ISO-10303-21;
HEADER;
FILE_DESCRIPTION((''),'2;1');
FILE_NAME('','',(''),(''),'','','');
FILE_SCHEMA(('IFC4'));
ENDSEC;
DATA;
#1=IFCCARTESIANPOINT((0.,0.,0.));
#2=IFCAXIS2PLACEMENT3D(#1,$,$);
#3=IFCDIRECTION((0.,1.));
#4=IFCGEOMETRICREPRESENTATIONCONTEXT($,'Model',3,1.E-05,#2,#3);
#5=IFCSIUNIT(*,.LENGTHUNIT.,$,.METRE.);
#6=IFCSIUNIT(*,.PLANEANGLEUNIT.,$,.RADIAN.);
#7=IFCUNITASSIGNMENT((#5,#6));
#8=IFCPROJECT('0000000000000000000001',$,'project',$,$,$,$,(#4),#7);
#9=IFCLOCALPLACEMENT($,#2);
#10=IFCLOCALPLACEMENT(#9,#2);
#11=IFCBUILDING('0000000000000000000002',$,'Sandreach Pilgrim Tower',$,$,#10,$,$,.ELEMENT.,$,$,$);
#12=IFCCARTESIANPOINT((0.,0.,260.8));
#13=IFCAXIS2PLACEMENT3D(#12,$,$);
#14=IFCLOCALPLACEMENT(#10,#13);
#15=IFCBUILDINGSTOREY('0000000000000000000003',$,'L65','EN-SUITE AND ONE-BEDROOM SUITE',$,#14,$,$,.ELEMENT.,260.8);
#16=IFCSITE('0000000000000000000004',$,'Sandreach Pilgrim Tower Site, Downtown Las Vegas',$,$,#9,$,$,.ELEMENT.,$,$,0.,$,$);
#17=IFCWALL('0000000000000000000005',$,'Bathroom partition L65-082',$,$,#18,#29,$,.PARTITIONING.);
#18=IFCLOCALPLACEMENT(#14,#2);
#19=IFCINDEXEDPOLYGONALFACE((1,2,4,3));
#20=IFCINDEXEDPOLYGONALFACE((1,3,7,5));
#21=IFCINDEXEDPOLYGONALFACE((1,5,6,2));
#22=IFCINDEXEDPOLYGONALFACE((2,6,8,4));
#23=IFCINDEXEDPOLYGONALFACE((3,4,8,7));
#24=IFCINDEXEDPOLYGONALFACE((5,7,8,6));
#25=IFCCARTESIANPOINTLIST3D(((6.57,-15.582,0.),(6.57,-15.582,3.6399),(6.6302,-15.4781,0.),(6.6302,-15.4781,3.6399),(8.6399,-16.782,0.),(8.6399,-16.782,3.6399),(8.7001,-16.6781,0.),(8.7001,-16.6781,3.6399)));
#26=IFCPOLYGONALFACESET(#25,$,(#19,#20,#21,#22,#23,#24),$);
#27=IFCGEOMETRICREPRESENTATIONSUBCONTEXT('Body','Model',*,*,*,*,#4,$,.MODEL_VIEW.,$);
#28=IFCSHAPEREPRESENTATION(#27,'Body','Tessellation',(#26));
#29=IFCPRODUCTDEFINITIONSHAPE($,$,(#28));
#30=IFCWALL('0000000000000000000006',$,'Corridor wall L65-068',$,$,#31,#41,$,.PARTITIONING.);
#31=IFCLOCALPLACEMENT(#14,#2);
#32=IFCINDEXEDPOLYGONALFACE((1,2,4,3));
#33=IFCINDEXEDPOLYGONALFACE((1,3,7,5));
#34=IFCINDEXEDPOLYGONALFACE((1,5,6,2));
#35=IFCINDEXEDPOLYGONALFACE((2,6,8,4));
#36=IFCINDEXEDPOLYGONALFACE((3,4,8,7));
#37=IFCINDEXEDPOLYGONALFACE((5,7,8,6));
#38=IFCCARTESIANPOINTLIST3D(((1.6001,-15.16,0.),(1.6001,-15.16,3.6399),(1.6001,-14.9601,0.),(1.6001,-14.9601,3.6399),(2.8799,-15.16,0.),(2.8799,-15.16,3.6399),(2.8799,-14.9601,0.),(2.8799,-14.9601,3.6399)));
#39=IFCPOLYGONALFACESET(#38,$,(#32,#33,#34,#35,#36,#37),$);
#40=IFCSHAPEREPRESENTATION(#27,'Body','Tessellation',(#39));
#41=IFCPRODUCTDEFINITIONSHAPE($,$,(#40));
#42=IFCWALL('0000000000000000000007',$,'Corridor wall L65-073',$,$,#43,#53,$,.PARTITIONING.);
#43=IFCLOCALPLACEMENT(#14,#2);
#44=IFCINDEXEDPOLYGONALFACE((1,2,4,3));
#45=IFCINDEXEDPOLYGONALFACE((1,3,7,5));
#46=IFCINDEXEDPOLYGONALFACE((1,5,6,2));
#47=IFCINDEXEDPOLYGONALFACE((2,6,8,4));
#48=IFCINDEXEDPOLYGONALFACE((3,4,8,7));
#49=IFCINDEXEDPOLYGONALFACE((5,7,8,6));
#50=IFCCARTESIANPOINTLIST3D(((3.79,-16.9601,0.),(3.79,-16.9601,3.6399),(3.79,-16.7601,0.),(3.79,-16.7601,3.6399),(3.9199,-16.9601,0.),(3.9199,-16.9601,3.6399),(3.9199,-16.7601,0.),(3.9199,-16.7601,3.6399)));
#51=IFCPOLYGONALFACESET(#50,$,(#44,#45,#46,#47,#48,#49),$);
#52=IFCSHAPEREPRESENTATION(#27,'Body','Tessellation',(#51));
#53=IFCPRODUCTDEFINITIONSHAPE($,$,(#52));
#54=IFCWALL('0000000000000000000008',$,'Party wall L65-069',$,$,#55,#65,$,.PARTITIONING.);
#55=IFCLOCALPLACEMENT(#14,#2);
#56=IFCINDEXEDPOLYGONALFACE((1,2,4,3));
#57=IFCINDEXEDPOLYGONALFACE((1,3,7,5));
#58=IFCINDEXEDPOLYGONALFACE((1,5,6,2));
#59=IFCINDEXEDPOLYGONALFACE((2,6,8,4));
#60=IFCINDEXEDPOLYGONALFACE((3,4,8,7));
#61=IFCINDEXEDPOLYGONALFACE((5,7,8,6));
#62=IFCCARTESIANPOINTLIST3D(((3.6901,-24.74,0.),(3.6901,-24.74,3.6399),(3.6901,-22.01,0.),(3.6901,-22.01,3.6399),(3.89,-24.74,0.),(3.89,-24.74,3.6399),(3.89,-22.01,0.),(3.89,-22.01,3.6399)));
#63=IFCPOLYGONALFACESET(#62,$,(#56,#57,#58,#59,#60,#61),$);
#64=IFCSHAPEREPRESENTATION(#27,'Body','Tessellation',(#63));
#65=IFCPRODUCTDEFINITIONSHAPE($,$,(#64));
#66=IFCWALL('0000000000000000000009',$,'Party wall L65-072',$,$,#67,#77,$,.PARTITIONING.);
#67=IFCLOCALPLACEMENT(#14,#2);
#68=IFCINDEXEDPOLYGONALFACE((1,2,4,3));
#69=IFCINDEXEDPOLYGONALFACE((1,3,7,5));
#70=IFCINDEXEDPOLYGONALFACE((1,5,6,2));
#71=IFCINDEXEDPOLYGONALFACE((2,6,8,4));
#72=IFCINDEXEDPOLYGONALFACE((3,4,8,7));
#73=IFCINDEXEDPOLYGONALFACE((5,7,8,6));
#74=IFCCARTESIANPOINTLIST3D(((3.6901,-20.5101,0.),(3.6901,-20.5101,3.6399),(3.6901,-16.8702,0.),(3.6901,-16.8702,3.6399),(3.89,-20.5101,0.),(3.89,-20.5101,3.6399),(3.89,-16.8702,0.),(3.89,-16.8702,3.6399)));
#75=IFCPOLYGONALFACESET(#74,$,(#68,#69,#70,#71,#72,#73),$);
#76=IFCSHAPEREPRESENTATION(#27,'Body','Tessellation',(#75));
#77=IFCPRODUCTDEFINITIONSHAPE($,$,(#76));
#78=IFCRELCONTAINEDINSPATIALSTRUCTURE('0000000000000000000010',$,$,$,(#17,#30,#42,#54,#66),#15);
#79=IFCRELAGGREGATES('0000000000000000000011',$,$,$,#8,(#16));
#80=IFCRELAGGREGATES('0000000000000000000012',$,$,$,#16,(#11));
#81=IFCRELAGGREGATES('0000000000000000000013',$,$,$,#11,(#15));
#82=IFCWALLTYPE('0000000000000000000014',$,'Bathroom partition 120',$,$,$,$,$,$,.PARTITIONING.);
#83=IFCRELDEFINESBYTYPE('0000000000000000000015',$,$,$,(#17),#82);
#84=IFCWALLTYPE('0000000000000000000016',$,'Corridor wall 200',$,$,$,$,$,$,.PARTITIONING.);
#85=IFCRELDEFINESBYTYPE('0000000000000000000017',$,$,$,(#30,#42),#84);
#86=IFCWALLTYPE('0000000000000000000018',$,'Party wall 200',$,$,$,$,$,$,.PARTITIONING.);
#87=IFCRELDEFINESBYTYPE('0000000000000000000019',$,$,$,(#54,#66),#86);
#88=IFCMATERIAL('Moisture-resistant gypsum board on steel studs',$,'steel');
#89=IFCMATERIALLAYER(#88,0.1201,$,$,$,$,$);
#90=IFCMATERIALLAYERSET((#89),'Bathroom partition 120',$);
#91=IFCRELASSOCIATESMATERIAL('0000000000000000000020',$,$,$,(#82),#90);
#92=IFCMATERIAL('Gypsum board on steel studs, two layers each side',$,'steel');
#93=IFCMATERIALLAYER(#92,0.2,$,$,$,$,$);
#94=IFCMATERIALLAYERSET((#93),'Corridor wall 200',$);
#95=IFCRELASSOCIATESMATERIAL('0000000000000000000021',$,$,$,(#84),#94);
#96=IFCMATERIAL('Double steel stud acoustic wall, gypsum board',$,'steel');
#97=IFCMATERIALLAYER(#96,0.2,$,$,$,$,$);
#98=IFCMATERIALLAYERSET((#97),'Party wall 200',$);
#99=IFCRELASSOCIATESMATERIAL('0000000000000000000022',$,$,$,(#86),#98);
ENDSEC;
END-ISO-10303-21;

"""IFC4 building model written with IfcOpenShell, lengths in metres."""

from ifc_helpers import new_model, si_unit, direction, frame, frame_2d, origin, place, context, subcontext, project, spatial, rectangle, extrude, material, layer, layer_set, type_object, element, save


model = new_model("IFC4")

# Units and contexts
model_context = context("Model", 3, precision=1e-05, world=origin(), true_north=direction((0.0, 1.0)))
body_context = subcontext(model_context, "Body", "Model", "MODEL_VIEW")
ifc_project = project(units=[si_unit("LENGTHUNIT", "METRE"), si_unit("PLANEANGLEUNIT", "RADIAN")], contexts=[model_context])

# Site, building, storey
site_placement = place(None, origin())
site = spatial("IfcSite", under=ifc_project, at=site_placement, Name="Sandreach Pilgrim Tower Site, Downtown Las Vegas", CompositionType="ELEMENT", RefElevation=0.0)
building_placement = place(site_placement, origin())
building = spatial("IfcBuilding", under=site, at=building_placement, Name="Sandreach Pilgrim Tower", CompositionType="ELEMENT")
storey_placement = place(building_placement, frame((0.0, 0.0, 260.8)))
storey = spatial("IfcBuildingStorey", under=building, at=storey_placement, Name="L65", Description="EN-SUITE AND ONE-BEDROOM SUITE", CompositionType="ELEMENT", Elevation=260.8)

# Shared definitions
ifc_material_1 = material(Name="Moisture-resistant gypsum board on steel studs", Category="steel")
ifc_layer_1 = layer(ifc_material_1, 0.1201)
ifc_layer_set_1 = layer_set([ifc_layer_1], Name="Bathroom partition 120")
wall_type_1 = type_object("IfcWallType", Name="Bathroom partition 120", PredefinedType="PARTITIONING", material=ifc_layer_set_1)

# Wall
wall_1_placement = place(storey_placement, frame((6.6001, -15.53, 0.0), z_axis=(0.0, 0.0, 1.0), x_axis=(0.86513, -0.501547, 0.0)))
element("IfcWall", 1, at=wall_1_placement, inside=storey, type_object=wall_type_1, Name="Bathroom partition L65-082", PredefinedType="PARTITIONING", context=body_context, shape_type="SweptSolid", body=[
    extrude(rectangle(XDim=2.3926, YDim=0.1201, at=frame_2d((1.1963, 0.0))), origin(), (0.0, 0.0, 1.0), 3.6399),
])

# Shared definitions
ifc_material_2 = material(Name="Gypsum board on steel studs, two layers each side", Category="steel")
ifc_layer_2 = layer(ifc_material_2, 0.2)
ifc_layer_set_2 = layer_set([ifc_layer_2], Name="Corridor wall 200")
wall_type_2 = type_object("IfcWallType", Name="Corridor wall 200", PredefinedType="PARTITIONING", material=ifc_layer_set_2)

# Walls
wall_2_placement = place(storey_placement, frame((2.8799, -15.0601, 0.0), z_axis=(0.0, 0.0, 1.0), x_axis=(-1.0, 0.0, 0.0)))
element("IfcWall", 2, at=wall_2_placement, inside=storey, type_object=wall_type_2, Name="Corridor wall L65-068", PredefinedType="PARTITIONING", context=body_context, shape_type="SweptSolid", body=[
    extrude(rectangle(XDim=1.2798, YDim=0.2, at=frame_2d((0.6399, 0.0))), origin(), (0.0, 0.0, 1.0), 3.6399),
])
wall_3_placement = place(storey_placement, frame((3.79, -16.8601, 0.0), z_axis=(0.0, 0.0, 1.0), x_axis=(1.0, 0.0, 0.0)))
element("IfcWall", 3, at=wall_3_placement, inside=storey, type_object=wall_type_2, Name="Corridor wall L65-073", PredefinedType="PARTITIONING", context=body_context, shape_type="SweptSolid", body=[
    extrude(rectangle(XDim=0.1299, YDim=0.2, at=frame_2d((0.0649, 0.0))), origin(), (0.0, 0.0, 1.0), 3.6399),
])

# Walls
ifc_material_3 = material(Name="Double steel stud acoustic wall, gypsum board", Category="steel")
ifc_layer_3 = layer(ifc_material_3, 0.2)
ifc_layer_set_3 = layer_set([ifc_layer_3], Name="Party wall 200")
wall_type_3 = type_object("IfcWallType", Name="Party wall 200", PredefinedType="PARTITIONING", material=ifc_layer_set_3)
wall_4_placement = place(storey_placement, frame((3.79, -24.74, 0.0), z_axis=(0.0, 0.0, 1.0), x_axis=(0.0, 1.0, 0.0)))
element("IfcWall", 4, at=wall_4_placement, inside=storey, type_object=wall_type_3, Name="Party wall L65-069", PredefinedType="PARTITIONING", context=body_context, shape_type="SweptSolid", body=[
    extrude(rectangle(XDim=2.73, YDim=0.2, at=frame_2d((1.365, 0.0))), origin(), (0.0, 0.0, 1.0), 3.6399),
])
wall_5_placement = place(storey_placement, frame((3.79, -20.51, 0.0), z_axis=(0.0, 0.0, 1.0), x_axis=(0.0, 1.0, 0.0)))
element("IfcWall", 5, at=wall_5_placement, inside=storey, type_object=wall_type_3, Name="Party wall L65-072", PredefinedType="PARTITIONING", context=body_context, shape_type="SweptSolid", body=[
    extrude(rectangle(XDim=3.6399, YDim=0.2, at=frame_2d((1.8198, 0.0))), origin(), (0.0, 0.0, 1.0), 3.6399),
])

save(model, "model.ifc")
